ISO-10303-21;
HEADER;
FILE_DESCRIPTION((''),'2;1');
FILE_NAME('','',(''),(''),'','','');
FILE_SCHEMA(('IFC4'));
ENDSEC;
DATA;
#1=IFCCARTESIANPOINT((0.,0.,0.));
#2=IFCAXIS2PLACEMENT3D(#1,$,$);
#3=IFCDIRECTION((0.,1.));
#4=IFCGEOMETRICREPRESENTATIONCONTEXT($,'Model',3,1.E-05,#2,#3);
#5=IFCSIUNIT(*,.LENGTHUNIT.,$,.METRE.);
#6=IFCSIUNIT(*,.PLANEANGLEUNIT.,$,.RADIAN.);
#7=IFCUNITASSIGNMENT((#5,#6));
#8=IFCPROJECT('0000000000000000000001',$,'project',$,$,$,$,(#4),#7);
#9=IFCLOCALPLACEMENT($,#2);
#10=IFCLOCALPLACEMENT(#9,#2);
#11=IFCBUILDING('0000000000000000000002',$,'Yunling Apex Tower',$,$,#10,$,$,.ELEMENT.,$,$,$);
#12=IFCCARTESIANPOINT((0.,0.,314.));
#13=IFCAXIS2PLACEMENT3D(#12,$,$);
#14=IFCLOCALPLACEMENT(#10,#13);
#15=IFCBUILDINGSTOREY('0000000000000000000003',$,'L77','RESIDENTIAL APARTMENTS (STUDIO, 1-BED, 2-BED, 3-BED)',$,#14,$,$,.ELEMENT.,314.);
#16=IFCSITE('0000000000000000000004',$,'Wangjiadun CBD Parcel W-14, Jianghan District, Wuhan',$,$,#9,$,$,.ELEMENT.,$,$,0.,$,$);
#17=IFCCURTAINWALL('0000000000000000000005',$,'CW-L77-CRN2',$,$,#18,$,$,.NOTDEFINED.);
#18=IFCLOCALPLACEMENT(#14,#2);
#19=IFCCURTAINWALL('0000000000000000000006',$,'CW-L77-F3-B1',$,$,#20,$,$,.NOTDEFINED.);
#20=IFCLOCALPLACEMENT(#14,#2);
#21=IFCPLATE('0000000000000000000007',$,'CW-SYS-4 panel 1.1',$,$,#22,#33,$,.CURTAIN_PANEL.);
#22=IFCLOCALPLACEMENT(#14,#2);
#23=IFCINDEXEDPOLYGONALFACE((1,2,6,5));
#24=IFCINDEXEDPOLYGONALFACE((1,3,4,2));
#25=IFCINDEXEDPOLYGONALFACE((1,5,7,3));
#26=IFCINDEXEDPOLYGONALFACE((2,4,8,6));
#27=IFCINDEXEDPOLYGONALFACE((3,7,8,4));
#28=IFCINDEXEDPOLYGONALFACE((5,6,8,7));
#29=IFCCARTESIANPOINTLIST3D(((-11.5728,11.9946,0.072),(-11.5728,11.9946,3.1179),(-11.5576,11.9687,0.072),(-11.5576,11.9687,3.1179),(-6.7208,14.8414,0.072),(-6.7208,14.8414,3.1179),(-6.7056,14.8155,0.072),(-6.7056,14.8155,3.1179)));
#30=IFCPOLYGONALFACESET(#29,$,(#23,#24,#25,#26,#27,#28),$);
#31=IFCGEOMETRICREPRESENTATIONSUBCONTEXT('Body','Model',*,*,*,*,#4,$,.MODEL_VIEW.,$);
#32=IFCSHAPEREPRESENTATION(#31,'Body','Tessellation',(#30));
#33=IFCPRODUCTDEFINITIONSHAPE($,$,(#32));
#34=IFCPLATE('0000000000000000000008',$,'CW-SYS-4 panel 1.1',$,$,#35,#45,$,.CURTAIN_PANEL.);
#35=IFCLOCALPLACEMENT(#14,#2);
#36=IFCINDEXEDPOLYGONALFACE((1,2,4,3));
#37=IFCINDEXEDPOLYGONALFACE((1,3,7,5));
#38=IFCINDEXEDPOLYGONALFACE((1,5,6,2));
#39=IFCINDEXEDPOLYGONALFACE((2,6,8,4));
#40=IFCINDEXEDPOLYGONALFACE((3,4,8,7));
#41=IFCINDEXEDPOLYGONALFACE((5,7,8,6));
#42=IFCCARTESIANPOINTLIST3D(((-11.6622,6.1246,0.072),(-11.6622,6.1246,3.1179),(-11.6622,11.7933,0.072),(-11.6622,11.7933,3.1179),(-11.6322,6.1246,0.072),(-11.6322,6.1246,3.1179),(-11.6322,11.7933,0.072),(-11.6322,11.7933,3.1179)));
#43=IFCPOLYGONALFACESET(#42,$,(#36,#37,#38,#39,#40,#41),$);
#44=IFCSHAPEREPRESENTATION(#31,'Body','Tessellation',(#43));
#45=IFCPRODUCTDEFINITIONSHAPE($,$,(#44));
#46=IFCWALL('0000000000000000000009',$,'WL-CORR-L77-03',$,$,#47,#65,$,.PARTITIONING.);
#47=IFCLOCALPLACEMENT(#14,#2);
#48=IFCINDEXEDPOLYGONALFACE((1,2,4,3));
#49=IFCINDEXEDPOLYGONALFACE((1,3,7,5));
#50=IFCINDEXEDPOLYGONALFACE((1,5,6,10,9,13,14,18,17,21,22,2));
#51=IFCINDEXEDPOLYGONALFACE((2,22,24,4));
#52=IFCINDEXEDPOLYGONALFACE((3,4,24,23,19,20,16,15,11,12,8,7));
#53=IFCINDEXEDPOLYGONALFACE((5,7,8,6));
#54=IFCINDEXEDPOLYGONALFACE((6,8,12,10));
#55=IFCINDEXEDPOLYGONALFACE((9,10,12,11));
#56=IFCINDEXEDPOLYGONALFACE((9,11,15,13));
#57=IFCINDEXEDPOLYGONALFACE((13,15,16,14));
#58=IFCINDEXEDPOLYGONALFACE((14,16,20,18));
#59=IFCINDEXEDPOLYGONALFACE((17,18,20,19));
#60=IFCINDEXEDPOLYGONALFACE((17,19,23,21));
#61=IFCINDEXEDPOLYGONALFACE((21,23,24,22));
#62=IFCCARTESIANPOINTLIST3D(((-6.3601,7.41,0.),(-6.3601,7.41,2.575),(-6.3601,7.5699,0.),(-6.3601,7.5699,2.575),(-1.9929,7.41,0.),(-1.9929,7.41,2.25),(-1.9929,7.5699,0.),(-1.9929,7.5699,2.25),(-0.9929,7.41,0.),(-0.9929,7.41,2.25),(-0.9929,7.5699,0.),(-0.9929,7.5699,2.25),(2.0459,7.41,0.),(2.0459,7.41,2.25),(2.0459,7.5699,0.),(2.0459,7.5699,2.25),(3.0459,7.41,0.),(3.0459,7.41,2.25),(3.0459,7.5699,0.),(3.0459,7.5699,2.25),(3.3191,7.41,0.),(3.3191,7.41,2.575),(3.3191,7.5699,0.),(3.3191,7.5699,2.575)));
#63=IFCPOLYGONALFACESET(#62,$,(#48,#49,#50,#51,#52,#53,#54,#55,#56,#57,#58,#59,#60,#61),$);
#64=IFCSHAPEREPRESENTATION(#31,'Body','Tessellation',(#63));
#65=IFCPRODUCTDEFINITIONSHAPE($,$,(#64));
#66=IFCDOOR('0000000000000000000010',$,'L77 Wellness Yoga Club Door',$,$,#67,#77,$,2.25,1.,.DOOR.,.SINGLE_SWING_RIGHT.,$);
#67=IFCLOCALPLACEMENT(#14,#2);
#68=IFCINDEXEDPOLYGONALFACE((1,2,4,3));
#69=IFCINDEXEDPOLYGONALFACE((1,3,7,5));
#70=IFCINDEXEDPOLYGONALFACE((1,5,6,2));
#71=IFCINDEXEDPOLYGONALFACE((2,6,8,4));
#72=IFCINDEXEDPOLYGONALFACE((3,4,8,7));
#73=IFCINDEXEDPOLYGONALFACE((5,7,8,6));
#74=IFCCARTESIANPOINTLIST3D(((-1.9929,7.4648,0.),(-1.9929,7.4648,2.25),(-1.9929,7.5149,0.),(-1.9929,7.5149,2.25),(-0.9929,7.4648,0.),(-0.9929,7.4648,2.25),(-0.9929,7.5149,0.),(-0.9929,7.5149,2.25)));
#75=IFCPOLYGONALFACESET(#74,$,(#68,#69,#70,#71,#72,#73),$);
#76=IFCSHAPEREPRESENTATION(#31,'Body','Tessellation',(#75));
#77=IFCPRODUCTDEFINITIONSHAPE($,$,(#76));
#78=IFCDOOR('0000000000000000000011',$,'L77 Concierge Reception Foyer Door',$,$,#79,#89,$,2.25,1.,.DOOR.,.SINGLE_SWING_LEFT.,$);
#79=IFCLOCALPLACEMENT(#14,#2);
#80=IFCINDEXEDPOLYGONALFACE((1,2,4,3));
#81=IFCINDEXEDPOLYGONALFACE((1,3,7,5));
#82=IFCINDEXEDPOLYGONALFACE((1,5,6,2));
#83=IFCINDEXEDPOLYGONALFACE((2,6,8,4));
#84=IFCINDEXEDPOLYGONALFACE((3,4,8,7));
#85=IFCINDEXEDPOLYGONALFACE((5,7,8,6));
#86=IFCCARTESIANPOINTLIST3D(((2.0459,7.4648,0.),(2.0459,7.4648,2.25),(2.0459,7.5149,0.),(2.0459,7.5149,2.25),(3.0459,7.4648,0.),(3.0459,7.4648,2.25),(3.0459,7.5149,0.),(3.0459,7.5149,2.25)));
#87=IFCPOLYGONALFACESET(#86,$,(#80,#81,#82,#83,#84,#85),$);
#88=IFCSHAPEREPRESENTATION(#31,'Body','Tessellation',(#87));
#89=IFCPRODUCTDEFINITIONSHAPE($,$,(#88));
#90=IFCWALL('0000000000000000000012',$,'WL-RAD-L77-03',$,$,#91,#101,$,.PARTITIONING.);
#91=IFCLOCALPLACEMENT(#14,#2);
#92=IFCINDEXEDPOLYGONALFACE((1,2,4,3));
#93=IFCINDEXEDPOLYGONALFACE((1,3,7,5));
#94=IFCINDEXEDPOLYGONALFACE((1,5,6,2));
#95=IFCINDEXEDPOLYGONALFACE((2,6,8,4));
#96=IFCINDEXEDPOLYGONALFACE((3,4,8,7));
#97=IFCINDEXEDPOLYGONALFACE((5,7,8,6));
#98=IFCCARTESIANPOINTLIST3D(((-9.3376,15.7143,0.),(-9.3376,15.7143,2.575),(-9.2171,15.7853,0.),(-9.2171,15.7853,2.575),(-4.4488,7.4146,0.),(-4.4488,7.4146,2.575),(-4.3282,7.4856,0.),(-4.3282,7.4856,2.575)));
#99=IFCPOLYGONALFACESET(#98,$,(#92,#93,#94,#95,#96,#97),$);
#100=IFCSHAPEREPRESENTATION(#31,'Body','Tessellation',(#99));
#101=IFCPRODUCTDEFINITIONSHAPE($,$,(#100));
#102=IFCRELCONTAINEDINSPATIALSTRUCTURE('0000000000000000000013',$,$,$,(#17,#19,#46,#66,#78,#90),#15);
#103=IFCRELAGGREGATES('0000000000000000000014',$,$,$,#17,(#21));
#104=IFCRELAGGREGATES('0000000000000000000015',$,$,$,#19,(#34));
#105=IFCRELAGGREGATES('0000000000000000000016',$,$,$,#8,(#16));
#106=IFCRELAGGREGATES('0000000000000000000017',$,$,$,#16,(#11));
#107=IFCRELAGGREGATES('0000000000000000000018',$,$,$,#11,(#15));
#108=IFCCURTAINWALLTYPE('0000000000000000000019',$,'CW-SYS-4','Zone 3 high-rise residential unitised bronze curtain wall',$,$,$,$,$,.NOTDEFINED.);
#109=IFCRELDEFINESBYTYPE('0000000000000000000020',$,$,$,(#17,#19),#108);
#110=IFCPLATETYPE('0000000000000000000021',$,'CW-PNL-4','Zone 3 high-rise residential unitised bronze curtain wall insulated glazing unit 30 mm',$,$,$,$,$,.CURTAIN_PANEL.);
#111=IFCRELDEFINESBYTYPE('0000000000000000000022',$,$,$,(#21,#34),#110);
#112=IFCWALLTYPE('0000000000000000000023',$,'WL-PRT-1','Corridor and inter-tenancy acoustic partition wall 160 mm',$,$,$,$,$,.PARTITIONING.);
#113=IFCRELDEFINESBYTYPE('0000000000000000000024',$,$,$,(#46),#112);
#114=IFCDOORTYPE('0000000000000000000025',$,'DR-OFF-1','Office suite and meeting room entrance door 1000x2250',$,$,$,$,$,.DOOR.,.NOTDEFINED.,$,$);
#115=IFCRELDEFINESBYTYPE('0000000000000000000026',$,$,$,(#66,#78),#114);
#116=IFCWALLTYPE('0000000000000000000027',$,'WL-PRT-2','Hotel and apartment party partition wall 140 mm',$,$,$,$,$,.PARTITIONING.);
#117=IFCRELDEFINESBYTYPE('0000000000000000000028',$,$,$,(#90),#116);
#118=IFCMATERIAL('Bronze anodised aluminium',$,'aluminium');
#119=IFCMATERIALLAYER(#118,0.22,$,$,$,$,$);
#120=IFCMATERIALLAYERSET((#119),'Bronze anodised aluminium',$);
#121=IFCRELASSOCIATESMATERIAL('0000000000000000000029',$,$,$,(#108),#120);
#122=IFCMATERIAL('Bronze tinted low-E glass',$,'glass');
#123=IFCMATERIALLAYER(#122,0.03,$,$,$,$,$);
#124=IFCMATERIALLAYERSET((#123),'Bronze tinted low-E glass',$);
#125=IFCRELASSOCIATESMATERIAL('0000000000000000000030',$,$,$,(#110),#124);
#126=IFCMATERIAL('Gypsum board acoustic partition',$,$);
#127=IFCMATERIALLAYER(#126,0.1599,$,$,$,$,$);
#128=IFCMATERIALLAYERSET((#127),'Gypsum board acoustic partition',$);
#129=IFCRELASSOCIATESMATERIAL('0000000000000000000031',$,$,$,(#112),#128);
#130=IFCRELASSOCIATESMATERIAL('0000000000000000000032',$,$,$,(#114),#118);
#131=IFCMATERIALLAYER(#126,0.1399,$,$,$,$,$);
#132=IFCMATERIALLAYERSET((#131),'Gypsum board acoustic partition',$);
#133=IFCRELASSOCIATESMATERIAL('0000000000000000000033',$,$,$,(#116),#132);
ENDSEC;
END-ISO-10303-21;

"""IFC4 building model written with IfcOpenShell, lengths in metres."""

from ifc_helpers import new_model, si_unit, direction, frame, frame_2d, origin, origin_2d, place, context, subcontext, project, spatial, rectangle, extrude, source, transform, mapped, material, layer, layer_set, type_object, element, fill, aggregate, save


model = new_model("IFC4")

# Units and contexts
model_context = context("Model", 3, precision=1e-05, world=origin(), true_north=direction((0.0, 1.0)))
body_context = subcontext(model_context, "Body", "Model", "MODEL_VIEW")
ifc_project = project(units=[si_unit("LENGTHUNIT", "METRE"), si_unit("PLANEANGLEUNIT", "RADIAN")], contexts=[model_context])

# Site, building, storey
site_placement = place(None, origin())
site = spatial("IfcSite", under=ifc_project, at=site_placement, Name="Wangjiadun CBD Parcel W-14, Jianghan District, Wuhan", CompositionType="ELEMENT", RefElevation=0.0)
building_placement = place(site_placement, origin())
building = spatial("IfcBuilding", under=site, at=building_placement, Name="Yunling Apex Tower", CompositionType="ELEMENT")
storey_placement = place(building_placement, frame((0.0, 0.0, 314.0)))
storey = spatial("IfcBuildingStorey", under=building, at=storey_placement, Name="L77", Description="RESIDENTIAL APARTMENTS (STUDIO, 1-BED, 2-BED, 3-BED)", CompositionType="ELEMENT", Elevation=314.0)

# Curtain walls
ifc_material_1 = material(Name="Bronze anodised aluminium", Category="aluminium")
ifc_layer_1 = layer(ifc_material_1, 0.22)
ifc_layer_set_1 = layer_set([ifc_layer_1], Name="Bronze anodised aluminium")
curtain_wall_type = type_object("IfcCurtainWallType", Name="CW-SYS-4", Description="Zone 3 high-rise residential unitised bronze curtain wall", PredefinedType="NOTDEFINED", material=ifc_layer_set_1)
curtain_wall_1_placement = place(storey_placement, origin())
curtain_wall_1 = element("IfcCurtainWall", 1, at=curtain_wall_1_placement, inside=storey, type_object=curtain_wall_type, Name="CW-L77-CRN2", PredefinedType="NOTDEFINED")
curtain_wall_2_placement = place(storey_placement, origin())
curtain_wall_2 = element("IfcCurtainWall", 2, at=curtain_wall_2_placement, inside=storey, type_object=curtain_wall_type, Name="CW-L77-F3-B1", PredefinedType="NOTDEFINED")

# Plates
ifc_material_2 = material(Name="Bronze tinted low-E glass", Category="glass")
ifc_layer_2 = layer(ifc_material_2, 0.03)
ifc_layer_set_2 = layer_set([ifc_layer_2], Name="Bronze tinted low-E glass")
plate_type = type_object("IfcPlateType", Name="CW-PNL-4", Description="Zone 3 high-rise residential unitised bronze curtain wall insulated glazing unit 30 mm", PredefinedType="CURTAIN_PANEL", material=ifc_layer_set_2)
shared_shape_1 = source(origin(), body_context, "Body", "SweptSolid", [
    extrude(rectangle(XDim=5.6255, YDim=0.03, at=origin_2d()), origin(), (0.0, 0.0, 1.0), 3.0459),
])
plate_1_placement = place(storey_placement, frame((-9.1392, 13.405, 0.072), z_axis=(0.0, 0.0, 1.0), x_axis=(-0.8625, -0.506057, 0.0)))
plate_1 = element("IfcPlate", 3, at=plate_1_placement, type_object=plate_type, Name="CW-SYS-4 panel 1.1", PredefinedType="CURTAIN_PANEL", context=body_context, shape_type="MappedRepresentation", body=[
    mapped(shared_shape_1, transform((0.0, 0.0, 0.0), scale=1.0)),
])
aggregate(curtain_wall_1, [plate_1])
shared_shape_2 = source(origin(), body_context, "Body", "SweptSolid", [
    extrude(rectangle(XDim=5.6687, YDim=0.03, at=origin_2d()), origin(), (0.0, 0.0, 1.0), 3.0459),
])
plate_2_placement = place(storey_placement, frame((-11.6472, 8.959, 0.072), z_axis=(0.0, 0.0, 1.0), x_axis=(0.0, -1.0, 0.0)))
plate_2 = element("IfcPlate", 4, at=plate_2_placement, type_object=plate_type, Name="CW-SYS-4 panel 1.1", PredefinedType="CURTAIN_PANEL", context=body_context, shape_type="MappedRepresentation", body=[
    mapped(shared_shape_2, transform((0.0, 0.0, 0.0), scale=1.0)),
])
aggregate(curtain_wall_2, [plate_2])

# Shared definitions
ifc_material_3 = material(Name="Gypsum board acoustic partition")
ifc_layer_3 = layer(ifc_material_3, 0.1599)
ifc_layer_set_3 = layer_set([ifc_layer_3], Name="Gypsum board acoustic partition")
wall_type_1 = type_object("IfcWallType", Name="WL-PRT-1", Description="Corridor and inter-tenancy acoustic partition wall 160 mm", PredefinedType="PARTITIONING", material=ifc_layer_set_3)

# Wall, openings, doors
wall_1_placement = place(storey_placement, frame((-6.3601, 7.49, 0.0), z_axis=(0.0, 0.0, 1.0), x_axis=(1.0, 0.0, 0.0)))
wall_1 = element("IfcWall", 5, at=wall_1_placement, inside=storey, type_object=wall_type_1, Name="WL-CORR-L77-03", PredefinedType="PARTITIONING", context=body_context, shape_type="SweptSolid", body=[
    extrude(rectangle(XDim=9.6792, YDim=0.1599, at=frame_2d((4.8396, 0.0))), origin(), (0.0, 0.0, 1.0), 2.575),
])
opening_1_placement = place(wall_1_placement, frame((4.3672, 0.0, 0.0)))
opening_1 = element("IfcOpeningElement", 6, at=opening_1_placement, cuts=wall_1, PredefinedType="OPENING", context=body_context, shape_type="SweptSolid", body=[
    extrude(rectangle(XDim=1.0, YDim=2.25, at=frame_2d((0.5, 1.125))), frame((0.0, 0.0898, 0.0), z_axis=(0.0, -1.0, 0.0), x_axis=(1.0, 0.0, 0.0)), (0.0, 0.0, 1.0), 0.1799),
])
opening_2_placement = place(wall_1_placement, frame((8.406, 0.0, 0.0)))
opening_2 = element("IfcOpeningElement", 7, at=opening_2_placement, cuts=wall_1, PredefinedType="OPENING", context=body_context, shape_type="SweptSolid", body=[
    extrude(rectangle(XDim=1.0, YDim=2.25, at=frame_2d((0.5, 1.125))), frame((0.0, 0.0898, 0.0), z_axis=(0.0, -1.0, 0.0), x_axis=(1.0, 0.0, 0.0)), (0.0, 0.0, 1.0), 0.1799),
])
door_type = type_object("IfcDoorType", Name="DR-OFF-1", Description="Office suite and meeting room entrance door 1000x2250", OperationType="NOTDEFINED", PredefinedType="DOOR", material=ifc_material_1)
door_1_placement = place(opening_1_placement, origin())
door_1 = element("IfcDoor", 8, at=door_1_placement, inside=storey, type_object=door_type, Name="L77 Wellness Yoga Club Door", OperationType="SINGLE_SWING_RIGHT", OverallHeight=2.25, OverallWidth=1.0, PredefinedType="DOOR", context=body_context, shape_type="SweptSolid", body=[
    extrude(rectangle(XDim=1.0, YDim=2.25, at=frame_2d((0.5, 1.125))), frame((0.0, 0.0249, 0.0), z_axis=(0.0, -1.0, 0.0), x_axis=(1.0, 0.0, 0.0)), (0.0, 0.0, 1.0), 0.05),
])
fill(opening_1, door_1)
door_2_placement = place(opening_2_placement, origin())
door_2 = element("IfcDoor", 9, at=door_2_placement, inside=storey, type_object=door_type, Name="L77 Concierge Reception Foyer Door", OperationType="SINGLE_SWING_LEFT", OverallHeight=2.25, OverallWidth=1.0, PredefinedType="DOOR", context=body_context, shape_type="SweptSolid", body=[
    extrude(rectangle(XDim=1.0, YDim=2.25, at=frame_2d((0.5, 1.125))), frame((0.0, 0.0249, 0.0), z_axis=(0.0, -1.0, 0.0), x_axis=(1.0, 0.0, 0.0)), (0.0, 0.0, 1.0), 0.05),
])
fill(opening_2, door_2)

# Wall
ifc_layer_4 = layer(ifc_material_3, 0.1399)
ifc_layer_set_4 = layer_set([ifc_layer_4], Name="Gypsum board acoustic partition")
wall_type_2 = type_object("IfcWallType", Name="WL-PRT-2", Description="Hotel and apartment party partition wall 140 mm", PredefinedType="PARTITIONING", material=ifc_layer_set_4)
wall_2_placement = place(storey_placement, frame((-4.3884, 7.45, 0.0), z_axis=(0.0, 0.0, 1.0), x_axis=(-0.507535, 0.861631, 0.0)))
element("IfcWall", 10, at=wall_2_placement, inside=storey, type_object=wall_type_2, Name="WL-RAD-L77-03", PredefinedType="PARTITIONING", context=body_context, shape_type="SweptSolid", body=[
    extrude(rectangle(XDim=9.6326, YDim=0.1399, at=frame_2d((4.8164, 0.0))), origin(), (0.0, 0.0, 1.0), 2.575),
])

save(model, "model.ifc")
